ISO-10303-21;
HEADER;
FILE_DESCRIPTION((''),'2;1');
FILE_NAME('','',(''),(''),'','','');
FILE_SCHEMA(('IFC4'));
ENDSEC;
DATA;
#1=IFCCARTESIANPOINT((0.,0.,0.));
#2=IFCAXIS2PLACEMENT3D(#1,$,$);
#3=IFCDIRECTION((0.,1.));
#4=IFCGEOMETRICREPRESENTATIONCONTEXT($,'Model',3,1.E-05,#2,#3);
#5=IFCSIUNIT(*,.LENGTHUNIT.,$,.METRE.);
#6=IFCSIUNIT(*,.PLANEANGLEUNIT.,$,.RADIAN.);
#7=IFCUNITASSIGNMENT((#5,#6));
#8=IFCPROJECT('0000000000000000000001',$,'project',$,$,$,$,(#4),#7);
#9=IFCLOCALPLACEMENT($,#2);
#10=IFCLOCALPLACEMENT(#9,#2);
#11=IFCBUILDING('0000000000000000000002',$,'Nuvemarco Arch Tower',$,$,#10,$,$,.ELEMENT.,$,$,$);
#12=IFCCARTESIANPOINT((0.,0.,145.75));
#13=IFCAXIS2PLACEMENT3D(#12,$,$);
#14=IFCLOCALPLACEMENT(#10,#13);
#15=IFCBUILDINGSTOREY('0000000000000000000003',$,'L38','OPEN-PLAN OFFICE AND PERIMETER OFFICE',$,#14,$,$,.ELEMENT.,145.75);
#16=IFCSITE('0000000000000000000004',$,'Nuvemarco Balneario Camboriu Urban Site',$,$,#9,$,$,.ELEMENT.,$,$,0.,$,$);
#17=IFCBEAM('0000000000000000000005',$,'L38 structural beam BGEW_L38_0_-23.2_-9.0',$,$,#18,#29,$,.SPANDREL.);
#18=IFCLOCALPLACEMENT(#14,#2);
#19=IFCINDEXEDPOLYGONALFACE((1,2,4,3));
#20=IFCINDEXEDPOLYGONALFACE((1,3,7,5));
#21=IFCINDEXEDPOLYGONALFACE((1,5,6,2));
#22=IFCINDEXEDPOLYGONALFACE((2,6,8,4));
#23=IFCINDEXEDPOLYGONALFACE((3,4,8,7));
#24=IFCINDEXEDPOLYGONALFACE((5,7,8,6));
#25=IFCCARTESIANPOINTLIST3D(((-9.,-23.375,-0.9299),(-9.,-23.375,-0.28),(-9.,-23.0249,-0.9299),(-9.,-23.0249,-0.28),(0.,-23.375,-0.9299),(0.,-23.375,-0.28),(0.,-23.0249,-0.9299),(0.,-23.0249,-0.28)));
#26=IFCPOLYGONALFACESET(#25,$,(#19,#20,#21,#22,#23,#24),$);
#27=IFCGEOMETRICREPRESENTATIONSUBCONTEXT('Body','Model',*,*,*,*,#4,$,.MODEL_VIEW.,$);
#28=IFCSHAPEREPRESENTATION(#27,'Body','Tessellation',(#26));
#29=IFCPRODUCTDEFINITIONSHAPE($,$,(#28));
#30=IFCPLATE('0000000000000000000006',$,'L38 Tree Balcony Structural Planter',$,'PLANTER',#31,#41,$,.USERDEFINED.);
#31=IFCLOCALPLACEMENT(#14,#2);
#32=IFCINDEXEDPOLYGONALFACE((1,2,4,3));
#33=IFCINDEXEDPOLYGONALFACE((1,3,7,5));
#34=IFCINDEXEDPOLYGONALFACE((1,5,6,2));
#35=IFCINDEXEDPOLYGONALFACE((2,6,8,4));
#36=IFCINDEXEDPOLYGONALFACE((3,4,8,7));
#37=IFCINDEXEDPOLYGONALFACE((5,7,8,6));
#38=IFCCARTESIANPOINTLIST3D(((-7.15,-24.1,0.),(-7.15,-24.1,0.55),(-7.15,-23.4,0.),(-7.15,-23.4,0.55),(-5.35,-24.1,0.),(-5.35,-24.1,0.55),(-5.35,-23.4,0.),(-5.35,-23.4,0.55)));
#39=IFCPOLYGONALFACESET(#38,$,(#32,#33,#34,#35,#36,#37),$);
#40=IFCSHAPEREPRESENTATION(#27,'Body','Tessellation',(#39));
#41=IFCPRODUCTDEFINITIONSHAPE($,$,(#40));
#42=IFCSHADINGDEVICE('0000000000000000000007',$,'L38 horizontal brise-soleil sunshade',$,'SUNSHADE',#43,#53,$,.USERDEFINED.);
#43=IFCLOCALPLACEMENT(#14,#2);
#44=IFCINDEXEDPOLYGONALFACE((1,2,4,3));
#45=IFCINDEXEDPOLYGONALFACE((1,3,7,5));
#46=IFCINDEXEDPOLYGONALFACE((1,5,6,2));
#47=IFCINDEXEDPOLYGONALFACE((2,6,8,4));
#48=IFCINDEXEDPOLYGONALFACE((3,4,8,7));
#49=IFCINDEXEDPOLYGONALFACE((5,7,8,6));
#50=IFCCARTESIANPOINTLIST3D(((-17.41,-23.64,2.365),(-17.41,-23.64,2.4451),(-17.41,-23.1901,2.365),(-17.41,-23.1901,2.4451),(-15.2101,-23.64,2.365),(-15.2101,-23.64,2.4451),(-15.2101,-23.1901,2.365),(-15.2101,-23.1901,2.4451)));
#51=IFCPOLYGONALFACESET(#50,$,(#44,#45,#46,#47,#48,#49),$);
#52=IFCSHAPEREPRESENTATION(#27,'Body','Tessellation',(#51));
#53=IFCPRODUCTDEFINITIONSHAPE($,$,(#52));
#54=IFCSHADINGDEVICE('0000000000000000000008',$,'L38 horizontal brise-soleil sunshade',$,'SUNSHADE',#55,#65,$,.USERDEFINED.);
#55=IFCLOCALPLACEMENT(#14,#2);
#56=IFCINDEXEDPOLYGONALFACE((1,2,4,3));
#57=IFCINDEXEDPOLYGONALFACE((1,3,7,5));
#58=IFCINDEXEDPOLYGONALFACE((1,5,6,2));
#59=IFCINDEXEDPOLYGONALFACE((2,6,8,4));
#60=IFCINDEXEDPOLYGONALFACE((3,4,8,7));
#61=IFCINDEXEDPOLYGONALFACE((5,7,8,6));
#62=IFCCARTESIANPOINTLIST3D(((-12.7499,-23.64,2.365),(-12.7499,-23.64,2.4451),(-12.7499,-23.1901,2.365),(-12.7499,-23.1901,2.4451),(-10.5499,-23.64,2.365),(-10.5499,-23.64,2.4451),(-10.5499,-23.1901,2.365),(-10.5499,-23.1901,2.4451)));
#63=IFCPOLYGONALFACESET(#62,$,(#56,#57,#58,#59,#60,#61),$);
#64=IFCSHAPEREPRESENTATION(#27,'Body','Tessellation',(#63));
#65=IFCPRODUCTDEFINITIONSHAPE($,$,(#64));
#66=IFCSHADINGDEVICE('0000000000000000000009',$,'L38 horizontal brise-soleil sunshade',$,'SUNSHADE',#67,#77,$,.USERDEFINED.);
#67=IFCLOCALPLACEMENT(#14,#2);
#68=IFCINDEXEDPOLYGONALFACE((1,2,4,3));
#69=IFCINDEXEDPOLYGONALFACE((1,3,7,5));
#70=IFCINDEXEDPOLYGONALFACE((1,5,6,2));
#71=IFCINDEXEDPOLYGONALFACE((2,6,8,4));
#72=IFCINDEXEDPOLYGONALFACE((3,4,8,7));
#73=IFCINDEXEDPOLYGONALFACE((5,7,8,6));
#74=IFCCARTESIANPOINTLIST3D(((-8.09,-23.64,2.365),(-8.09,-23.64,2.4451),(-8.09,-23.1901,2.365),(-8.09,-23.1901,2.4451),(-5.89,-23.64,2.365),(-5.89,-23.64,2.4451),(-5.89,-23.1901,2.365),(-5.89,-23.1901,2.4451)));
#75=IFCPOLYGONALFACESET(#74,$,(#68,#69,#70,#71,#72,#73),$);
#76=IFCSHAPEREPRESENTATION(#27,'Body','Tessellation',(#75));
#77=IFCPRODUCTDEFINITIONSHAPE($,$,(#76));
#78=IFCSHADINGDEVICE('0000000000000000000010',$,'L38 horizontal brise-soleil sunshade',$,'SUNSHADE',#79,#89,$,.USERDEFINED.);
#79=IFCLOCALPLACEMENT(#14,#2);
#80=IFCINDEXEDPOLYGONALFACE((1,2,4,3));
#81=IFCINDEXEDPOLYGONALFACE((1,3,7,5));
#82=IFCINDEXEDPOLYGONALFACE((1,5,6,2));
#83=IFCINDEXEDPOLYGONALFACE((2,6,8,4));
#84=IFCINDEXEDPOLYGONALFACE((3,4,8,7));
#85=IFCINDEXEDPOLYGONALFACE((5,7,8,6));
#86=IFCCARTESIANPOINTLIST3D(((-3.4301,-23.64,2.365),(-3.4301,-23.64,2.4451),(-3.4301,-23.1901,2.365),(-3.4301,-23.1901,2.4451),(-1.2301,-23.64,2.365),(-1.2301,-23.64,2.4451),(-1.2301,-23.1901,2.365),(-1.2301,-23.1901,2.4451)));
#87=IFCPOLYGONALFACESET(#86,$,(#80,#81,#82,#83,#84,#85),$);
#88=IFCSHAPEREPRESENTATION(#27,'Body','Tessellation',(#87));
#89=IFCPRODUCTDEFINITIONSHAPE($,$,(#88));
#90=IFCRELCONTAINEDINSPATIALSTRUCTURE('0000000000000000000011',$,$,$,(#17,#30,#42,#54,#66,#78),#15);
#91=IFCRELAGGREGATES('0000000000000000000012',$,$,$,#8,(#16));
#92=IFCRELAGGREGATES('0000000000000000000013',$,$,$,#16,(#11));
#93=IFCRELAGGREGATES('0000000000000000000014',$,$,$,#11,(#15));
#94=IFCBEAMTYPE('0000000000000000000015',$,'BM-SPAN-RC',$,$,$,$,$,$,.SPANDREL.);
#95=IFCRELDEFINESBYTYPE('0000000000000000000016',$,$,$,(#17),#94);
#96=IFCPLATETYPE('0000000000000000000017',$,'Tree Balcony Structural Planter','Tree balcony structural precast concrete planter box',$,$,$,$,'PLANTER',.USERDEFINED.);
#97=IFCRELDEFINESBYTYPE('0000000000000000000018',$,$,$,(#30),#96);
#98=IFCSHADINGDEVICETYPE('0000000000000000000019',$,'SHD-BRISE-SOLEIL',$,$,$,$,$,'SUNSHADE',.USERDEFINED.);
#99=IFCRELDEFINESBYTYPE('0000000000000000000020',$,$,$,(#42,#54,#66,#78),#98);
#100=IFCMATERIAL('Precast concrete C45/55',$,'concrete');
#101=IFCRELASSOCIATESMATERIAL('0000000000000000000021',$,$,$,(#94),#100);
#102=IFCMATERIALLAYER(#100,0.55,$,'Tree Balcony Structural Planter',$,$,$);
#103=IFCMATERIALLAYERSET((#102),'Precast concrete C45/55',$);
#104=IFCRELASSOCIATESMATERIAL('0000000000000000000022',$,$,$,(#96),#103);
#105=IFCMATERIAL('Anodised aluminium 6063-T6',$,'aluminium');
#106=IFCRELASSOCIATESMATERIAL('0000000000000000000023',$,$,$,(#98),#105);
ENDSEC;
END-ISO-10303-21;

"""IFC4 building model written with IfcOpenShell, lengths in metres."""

from ifc_helpers import new_model, si_unit, direction, frame, origin, origin_2d, place, context, subcontext, project, spatial, rectangle, extrude, source, transform, mapped, material, layer, layer_set, material_profile, profile_set, type_object, type_shapes, element, save


model = new_model("IFC4")

# Units and contexts
model_context = context("Model", 3, precision=1e-05, world=origin(), true_north=direction((0.0, 1.0)))
body_context = subcontext(model_context, "Body", "Model", "MODEL_VIEW")
ifc_project = project(units=[si_unit("LENGTHUNIT", "METRE"), si_unit("PLANEANGLEUNIT", "RADIAN")], contexts=[model_context])

# Site, building, storey
site_placement = place(None, origin())
site = spatial("IfcSite", under=ifc_project, at=site_placement, Name="Nuvemarco Balneario Camboriu Urban Site", CompositionType="ELEMENT", RefElevation=0.0)
building_placement = place(site_placement, origin())
building = spatial("IfcBuilding", under=site, at=building_placement, Name="Nuvemarco Arch Tower", CompositionType="ELEMENT")
storey_placement = place(building_placement, frame((0.0, 0.0, 145.75)))
storey = spatial("IfcBuildingStorey", under=building, at=storey_placement, Name="L38", Description="OPEN-PLAN OFFICE AND PERIMETER OFFICE", CompositionType="ELEMENT", Elevation=145.75)

# Beam
ifc_material_1 = material(Name="Precast concrete C45/55", Category="concrete")
ifc_material_profile_1 = material_profile(ifc_material_1, rectangle(XDim=0.3501, YDim=0.6499, at=origin_2d()), Name="PC-SP-350x650")
ifc_profile_set_1 = profile_set([ifc_material_profile_1], Name="Precast concrete C45/55")
beam_type_1 = type_object("IfcBeamType", Name="BM-SPAN-RC", PredefinedType="SPANDREL", material=ifc_profile_set_1)
beam_1_placement = place(storey_placement, frame((-9.0, -23.2, -0.605), z_axis=(1.0, 0.0, 0.0), x_axis=(0.0, 1.0, 0.0)))
element("IfcBeam", 1, at=beam_1_placement, inside=storey, type_object=beam_type_1, Name="L38 structural beam BGEW_L38_0_-23.2_-9.0", PredefinedType="SPANDREL", context=body_context, shape_type="SweptSolid", body=[
    extrude(rectangle(XDim=0.3501, YDim=0.6499, at=origin_2d()), origin(), (0.0, 0.0, 1.0), 9.0),
])

# Plate
ifc_layer = layer(ifc_material_1, 0.55, Name="Tree Balcony Structural Planter")
ifc_layer_set = layer_set([ifc_layer], Name="Precast concrete C45/55")
plate_type = type_object("IfcPlateType", Name="Tree Balcony Structural Planter", Description="Tree balcony structural precast concrete planter box", ElementType="PLANTER", PredefinedType="USERDEFINED", material=ifc_layer_set)
shared_shape_1 = source(origin(), body_context, "Body", "SweptSolid", [
    extrude(rectangle(XDim=1.8, YDim=0.7, at=origin_2d()), origin(), (0.0, 0.0, 1.0), 0.55),
])
type_shapes(plate_type, [shared_shape_1])
plate_placement = place(storey_placement, frame((-6.25, -23.75, 0.0), z_axis=(0.0, 0.0, 1.0), x_axis=(1.0, 0.0, 0.0)))
element("IfcPlate", 2, at=plate_placement, inside=storey, type_object=plate_type, Name="L38 Tree Balcony Structural Planter", ObjectType="PLANTER", PredefinedType="USERDEFINED", context=body_context, shape_type="MappedRepresentation", body=[
    mapped(shared_shape_1, transform((0.0, 0.0, 0.0), scale=1.0)),
])

# Shading devices
ifc_material_2 = material(Name="Anodised aluminium 6063-T6", Category="aluminium")
shading_device_type = type_object("IfcShadingDeviceType", Name="SHD-BRISE-SOLEIL", ElementType="SUNSHADE", PredefinedType="USERDEFINED", material=ifc_material_2)
shared_shape_2 = source(origin(), body_context, "Body", "SweptSolid", [
    extrude(rectangle(XDim=2.2, YDim=0.45, at=origin_2d()), origin(), (0.0, 0.0, 1.0), 0.0801),
])
type_shapes(shading_device_type, [shared_shape_2])
for number, where, z_axis, x_axis, name in (
    (3, (-16.3101, -23.415, 2.365), (0.0, 0.0, 1.0), (1.0, 0.0, 0.0), "L38 horizontal brise-soleil sunshade"),
    (4, (-11.6499, -23.415, 2.365), (0.0, 0.0, 1.0), (1.0, 0.0, 0.0), "L38 horizontal brise-soleil sunshade"),
    (5, (-6.99, -23.415, 2.365), (0.0, 0.0, 1.0), (1.0, 0.0, 0.0), "L38 horizontal brise-soleil sunshade"),
    (6, (-2.3301, -23.415, 2.365), (0.0, 0.0, 1.0), (1.0, 0.0, 0.0), "L38 horizontal brise-soleil sunshade"),
):
    element("IfcShadingDevice", number, at=place(storey_placement, frame(where, z_axis=z_axis, x_axis=x_axis)), inside=storey, type_object=shading_device_type, Name=name, ObjectType="SUNSHADE", PredefinedType="USERDEFINED", context=body_context, shape_type="MappedRepresentation", body=[
        mapped(shared_shape_2, transform((0.0, 0.0, 0.0), scale=1.0)),
    ])

save(model, "model.ifc")
